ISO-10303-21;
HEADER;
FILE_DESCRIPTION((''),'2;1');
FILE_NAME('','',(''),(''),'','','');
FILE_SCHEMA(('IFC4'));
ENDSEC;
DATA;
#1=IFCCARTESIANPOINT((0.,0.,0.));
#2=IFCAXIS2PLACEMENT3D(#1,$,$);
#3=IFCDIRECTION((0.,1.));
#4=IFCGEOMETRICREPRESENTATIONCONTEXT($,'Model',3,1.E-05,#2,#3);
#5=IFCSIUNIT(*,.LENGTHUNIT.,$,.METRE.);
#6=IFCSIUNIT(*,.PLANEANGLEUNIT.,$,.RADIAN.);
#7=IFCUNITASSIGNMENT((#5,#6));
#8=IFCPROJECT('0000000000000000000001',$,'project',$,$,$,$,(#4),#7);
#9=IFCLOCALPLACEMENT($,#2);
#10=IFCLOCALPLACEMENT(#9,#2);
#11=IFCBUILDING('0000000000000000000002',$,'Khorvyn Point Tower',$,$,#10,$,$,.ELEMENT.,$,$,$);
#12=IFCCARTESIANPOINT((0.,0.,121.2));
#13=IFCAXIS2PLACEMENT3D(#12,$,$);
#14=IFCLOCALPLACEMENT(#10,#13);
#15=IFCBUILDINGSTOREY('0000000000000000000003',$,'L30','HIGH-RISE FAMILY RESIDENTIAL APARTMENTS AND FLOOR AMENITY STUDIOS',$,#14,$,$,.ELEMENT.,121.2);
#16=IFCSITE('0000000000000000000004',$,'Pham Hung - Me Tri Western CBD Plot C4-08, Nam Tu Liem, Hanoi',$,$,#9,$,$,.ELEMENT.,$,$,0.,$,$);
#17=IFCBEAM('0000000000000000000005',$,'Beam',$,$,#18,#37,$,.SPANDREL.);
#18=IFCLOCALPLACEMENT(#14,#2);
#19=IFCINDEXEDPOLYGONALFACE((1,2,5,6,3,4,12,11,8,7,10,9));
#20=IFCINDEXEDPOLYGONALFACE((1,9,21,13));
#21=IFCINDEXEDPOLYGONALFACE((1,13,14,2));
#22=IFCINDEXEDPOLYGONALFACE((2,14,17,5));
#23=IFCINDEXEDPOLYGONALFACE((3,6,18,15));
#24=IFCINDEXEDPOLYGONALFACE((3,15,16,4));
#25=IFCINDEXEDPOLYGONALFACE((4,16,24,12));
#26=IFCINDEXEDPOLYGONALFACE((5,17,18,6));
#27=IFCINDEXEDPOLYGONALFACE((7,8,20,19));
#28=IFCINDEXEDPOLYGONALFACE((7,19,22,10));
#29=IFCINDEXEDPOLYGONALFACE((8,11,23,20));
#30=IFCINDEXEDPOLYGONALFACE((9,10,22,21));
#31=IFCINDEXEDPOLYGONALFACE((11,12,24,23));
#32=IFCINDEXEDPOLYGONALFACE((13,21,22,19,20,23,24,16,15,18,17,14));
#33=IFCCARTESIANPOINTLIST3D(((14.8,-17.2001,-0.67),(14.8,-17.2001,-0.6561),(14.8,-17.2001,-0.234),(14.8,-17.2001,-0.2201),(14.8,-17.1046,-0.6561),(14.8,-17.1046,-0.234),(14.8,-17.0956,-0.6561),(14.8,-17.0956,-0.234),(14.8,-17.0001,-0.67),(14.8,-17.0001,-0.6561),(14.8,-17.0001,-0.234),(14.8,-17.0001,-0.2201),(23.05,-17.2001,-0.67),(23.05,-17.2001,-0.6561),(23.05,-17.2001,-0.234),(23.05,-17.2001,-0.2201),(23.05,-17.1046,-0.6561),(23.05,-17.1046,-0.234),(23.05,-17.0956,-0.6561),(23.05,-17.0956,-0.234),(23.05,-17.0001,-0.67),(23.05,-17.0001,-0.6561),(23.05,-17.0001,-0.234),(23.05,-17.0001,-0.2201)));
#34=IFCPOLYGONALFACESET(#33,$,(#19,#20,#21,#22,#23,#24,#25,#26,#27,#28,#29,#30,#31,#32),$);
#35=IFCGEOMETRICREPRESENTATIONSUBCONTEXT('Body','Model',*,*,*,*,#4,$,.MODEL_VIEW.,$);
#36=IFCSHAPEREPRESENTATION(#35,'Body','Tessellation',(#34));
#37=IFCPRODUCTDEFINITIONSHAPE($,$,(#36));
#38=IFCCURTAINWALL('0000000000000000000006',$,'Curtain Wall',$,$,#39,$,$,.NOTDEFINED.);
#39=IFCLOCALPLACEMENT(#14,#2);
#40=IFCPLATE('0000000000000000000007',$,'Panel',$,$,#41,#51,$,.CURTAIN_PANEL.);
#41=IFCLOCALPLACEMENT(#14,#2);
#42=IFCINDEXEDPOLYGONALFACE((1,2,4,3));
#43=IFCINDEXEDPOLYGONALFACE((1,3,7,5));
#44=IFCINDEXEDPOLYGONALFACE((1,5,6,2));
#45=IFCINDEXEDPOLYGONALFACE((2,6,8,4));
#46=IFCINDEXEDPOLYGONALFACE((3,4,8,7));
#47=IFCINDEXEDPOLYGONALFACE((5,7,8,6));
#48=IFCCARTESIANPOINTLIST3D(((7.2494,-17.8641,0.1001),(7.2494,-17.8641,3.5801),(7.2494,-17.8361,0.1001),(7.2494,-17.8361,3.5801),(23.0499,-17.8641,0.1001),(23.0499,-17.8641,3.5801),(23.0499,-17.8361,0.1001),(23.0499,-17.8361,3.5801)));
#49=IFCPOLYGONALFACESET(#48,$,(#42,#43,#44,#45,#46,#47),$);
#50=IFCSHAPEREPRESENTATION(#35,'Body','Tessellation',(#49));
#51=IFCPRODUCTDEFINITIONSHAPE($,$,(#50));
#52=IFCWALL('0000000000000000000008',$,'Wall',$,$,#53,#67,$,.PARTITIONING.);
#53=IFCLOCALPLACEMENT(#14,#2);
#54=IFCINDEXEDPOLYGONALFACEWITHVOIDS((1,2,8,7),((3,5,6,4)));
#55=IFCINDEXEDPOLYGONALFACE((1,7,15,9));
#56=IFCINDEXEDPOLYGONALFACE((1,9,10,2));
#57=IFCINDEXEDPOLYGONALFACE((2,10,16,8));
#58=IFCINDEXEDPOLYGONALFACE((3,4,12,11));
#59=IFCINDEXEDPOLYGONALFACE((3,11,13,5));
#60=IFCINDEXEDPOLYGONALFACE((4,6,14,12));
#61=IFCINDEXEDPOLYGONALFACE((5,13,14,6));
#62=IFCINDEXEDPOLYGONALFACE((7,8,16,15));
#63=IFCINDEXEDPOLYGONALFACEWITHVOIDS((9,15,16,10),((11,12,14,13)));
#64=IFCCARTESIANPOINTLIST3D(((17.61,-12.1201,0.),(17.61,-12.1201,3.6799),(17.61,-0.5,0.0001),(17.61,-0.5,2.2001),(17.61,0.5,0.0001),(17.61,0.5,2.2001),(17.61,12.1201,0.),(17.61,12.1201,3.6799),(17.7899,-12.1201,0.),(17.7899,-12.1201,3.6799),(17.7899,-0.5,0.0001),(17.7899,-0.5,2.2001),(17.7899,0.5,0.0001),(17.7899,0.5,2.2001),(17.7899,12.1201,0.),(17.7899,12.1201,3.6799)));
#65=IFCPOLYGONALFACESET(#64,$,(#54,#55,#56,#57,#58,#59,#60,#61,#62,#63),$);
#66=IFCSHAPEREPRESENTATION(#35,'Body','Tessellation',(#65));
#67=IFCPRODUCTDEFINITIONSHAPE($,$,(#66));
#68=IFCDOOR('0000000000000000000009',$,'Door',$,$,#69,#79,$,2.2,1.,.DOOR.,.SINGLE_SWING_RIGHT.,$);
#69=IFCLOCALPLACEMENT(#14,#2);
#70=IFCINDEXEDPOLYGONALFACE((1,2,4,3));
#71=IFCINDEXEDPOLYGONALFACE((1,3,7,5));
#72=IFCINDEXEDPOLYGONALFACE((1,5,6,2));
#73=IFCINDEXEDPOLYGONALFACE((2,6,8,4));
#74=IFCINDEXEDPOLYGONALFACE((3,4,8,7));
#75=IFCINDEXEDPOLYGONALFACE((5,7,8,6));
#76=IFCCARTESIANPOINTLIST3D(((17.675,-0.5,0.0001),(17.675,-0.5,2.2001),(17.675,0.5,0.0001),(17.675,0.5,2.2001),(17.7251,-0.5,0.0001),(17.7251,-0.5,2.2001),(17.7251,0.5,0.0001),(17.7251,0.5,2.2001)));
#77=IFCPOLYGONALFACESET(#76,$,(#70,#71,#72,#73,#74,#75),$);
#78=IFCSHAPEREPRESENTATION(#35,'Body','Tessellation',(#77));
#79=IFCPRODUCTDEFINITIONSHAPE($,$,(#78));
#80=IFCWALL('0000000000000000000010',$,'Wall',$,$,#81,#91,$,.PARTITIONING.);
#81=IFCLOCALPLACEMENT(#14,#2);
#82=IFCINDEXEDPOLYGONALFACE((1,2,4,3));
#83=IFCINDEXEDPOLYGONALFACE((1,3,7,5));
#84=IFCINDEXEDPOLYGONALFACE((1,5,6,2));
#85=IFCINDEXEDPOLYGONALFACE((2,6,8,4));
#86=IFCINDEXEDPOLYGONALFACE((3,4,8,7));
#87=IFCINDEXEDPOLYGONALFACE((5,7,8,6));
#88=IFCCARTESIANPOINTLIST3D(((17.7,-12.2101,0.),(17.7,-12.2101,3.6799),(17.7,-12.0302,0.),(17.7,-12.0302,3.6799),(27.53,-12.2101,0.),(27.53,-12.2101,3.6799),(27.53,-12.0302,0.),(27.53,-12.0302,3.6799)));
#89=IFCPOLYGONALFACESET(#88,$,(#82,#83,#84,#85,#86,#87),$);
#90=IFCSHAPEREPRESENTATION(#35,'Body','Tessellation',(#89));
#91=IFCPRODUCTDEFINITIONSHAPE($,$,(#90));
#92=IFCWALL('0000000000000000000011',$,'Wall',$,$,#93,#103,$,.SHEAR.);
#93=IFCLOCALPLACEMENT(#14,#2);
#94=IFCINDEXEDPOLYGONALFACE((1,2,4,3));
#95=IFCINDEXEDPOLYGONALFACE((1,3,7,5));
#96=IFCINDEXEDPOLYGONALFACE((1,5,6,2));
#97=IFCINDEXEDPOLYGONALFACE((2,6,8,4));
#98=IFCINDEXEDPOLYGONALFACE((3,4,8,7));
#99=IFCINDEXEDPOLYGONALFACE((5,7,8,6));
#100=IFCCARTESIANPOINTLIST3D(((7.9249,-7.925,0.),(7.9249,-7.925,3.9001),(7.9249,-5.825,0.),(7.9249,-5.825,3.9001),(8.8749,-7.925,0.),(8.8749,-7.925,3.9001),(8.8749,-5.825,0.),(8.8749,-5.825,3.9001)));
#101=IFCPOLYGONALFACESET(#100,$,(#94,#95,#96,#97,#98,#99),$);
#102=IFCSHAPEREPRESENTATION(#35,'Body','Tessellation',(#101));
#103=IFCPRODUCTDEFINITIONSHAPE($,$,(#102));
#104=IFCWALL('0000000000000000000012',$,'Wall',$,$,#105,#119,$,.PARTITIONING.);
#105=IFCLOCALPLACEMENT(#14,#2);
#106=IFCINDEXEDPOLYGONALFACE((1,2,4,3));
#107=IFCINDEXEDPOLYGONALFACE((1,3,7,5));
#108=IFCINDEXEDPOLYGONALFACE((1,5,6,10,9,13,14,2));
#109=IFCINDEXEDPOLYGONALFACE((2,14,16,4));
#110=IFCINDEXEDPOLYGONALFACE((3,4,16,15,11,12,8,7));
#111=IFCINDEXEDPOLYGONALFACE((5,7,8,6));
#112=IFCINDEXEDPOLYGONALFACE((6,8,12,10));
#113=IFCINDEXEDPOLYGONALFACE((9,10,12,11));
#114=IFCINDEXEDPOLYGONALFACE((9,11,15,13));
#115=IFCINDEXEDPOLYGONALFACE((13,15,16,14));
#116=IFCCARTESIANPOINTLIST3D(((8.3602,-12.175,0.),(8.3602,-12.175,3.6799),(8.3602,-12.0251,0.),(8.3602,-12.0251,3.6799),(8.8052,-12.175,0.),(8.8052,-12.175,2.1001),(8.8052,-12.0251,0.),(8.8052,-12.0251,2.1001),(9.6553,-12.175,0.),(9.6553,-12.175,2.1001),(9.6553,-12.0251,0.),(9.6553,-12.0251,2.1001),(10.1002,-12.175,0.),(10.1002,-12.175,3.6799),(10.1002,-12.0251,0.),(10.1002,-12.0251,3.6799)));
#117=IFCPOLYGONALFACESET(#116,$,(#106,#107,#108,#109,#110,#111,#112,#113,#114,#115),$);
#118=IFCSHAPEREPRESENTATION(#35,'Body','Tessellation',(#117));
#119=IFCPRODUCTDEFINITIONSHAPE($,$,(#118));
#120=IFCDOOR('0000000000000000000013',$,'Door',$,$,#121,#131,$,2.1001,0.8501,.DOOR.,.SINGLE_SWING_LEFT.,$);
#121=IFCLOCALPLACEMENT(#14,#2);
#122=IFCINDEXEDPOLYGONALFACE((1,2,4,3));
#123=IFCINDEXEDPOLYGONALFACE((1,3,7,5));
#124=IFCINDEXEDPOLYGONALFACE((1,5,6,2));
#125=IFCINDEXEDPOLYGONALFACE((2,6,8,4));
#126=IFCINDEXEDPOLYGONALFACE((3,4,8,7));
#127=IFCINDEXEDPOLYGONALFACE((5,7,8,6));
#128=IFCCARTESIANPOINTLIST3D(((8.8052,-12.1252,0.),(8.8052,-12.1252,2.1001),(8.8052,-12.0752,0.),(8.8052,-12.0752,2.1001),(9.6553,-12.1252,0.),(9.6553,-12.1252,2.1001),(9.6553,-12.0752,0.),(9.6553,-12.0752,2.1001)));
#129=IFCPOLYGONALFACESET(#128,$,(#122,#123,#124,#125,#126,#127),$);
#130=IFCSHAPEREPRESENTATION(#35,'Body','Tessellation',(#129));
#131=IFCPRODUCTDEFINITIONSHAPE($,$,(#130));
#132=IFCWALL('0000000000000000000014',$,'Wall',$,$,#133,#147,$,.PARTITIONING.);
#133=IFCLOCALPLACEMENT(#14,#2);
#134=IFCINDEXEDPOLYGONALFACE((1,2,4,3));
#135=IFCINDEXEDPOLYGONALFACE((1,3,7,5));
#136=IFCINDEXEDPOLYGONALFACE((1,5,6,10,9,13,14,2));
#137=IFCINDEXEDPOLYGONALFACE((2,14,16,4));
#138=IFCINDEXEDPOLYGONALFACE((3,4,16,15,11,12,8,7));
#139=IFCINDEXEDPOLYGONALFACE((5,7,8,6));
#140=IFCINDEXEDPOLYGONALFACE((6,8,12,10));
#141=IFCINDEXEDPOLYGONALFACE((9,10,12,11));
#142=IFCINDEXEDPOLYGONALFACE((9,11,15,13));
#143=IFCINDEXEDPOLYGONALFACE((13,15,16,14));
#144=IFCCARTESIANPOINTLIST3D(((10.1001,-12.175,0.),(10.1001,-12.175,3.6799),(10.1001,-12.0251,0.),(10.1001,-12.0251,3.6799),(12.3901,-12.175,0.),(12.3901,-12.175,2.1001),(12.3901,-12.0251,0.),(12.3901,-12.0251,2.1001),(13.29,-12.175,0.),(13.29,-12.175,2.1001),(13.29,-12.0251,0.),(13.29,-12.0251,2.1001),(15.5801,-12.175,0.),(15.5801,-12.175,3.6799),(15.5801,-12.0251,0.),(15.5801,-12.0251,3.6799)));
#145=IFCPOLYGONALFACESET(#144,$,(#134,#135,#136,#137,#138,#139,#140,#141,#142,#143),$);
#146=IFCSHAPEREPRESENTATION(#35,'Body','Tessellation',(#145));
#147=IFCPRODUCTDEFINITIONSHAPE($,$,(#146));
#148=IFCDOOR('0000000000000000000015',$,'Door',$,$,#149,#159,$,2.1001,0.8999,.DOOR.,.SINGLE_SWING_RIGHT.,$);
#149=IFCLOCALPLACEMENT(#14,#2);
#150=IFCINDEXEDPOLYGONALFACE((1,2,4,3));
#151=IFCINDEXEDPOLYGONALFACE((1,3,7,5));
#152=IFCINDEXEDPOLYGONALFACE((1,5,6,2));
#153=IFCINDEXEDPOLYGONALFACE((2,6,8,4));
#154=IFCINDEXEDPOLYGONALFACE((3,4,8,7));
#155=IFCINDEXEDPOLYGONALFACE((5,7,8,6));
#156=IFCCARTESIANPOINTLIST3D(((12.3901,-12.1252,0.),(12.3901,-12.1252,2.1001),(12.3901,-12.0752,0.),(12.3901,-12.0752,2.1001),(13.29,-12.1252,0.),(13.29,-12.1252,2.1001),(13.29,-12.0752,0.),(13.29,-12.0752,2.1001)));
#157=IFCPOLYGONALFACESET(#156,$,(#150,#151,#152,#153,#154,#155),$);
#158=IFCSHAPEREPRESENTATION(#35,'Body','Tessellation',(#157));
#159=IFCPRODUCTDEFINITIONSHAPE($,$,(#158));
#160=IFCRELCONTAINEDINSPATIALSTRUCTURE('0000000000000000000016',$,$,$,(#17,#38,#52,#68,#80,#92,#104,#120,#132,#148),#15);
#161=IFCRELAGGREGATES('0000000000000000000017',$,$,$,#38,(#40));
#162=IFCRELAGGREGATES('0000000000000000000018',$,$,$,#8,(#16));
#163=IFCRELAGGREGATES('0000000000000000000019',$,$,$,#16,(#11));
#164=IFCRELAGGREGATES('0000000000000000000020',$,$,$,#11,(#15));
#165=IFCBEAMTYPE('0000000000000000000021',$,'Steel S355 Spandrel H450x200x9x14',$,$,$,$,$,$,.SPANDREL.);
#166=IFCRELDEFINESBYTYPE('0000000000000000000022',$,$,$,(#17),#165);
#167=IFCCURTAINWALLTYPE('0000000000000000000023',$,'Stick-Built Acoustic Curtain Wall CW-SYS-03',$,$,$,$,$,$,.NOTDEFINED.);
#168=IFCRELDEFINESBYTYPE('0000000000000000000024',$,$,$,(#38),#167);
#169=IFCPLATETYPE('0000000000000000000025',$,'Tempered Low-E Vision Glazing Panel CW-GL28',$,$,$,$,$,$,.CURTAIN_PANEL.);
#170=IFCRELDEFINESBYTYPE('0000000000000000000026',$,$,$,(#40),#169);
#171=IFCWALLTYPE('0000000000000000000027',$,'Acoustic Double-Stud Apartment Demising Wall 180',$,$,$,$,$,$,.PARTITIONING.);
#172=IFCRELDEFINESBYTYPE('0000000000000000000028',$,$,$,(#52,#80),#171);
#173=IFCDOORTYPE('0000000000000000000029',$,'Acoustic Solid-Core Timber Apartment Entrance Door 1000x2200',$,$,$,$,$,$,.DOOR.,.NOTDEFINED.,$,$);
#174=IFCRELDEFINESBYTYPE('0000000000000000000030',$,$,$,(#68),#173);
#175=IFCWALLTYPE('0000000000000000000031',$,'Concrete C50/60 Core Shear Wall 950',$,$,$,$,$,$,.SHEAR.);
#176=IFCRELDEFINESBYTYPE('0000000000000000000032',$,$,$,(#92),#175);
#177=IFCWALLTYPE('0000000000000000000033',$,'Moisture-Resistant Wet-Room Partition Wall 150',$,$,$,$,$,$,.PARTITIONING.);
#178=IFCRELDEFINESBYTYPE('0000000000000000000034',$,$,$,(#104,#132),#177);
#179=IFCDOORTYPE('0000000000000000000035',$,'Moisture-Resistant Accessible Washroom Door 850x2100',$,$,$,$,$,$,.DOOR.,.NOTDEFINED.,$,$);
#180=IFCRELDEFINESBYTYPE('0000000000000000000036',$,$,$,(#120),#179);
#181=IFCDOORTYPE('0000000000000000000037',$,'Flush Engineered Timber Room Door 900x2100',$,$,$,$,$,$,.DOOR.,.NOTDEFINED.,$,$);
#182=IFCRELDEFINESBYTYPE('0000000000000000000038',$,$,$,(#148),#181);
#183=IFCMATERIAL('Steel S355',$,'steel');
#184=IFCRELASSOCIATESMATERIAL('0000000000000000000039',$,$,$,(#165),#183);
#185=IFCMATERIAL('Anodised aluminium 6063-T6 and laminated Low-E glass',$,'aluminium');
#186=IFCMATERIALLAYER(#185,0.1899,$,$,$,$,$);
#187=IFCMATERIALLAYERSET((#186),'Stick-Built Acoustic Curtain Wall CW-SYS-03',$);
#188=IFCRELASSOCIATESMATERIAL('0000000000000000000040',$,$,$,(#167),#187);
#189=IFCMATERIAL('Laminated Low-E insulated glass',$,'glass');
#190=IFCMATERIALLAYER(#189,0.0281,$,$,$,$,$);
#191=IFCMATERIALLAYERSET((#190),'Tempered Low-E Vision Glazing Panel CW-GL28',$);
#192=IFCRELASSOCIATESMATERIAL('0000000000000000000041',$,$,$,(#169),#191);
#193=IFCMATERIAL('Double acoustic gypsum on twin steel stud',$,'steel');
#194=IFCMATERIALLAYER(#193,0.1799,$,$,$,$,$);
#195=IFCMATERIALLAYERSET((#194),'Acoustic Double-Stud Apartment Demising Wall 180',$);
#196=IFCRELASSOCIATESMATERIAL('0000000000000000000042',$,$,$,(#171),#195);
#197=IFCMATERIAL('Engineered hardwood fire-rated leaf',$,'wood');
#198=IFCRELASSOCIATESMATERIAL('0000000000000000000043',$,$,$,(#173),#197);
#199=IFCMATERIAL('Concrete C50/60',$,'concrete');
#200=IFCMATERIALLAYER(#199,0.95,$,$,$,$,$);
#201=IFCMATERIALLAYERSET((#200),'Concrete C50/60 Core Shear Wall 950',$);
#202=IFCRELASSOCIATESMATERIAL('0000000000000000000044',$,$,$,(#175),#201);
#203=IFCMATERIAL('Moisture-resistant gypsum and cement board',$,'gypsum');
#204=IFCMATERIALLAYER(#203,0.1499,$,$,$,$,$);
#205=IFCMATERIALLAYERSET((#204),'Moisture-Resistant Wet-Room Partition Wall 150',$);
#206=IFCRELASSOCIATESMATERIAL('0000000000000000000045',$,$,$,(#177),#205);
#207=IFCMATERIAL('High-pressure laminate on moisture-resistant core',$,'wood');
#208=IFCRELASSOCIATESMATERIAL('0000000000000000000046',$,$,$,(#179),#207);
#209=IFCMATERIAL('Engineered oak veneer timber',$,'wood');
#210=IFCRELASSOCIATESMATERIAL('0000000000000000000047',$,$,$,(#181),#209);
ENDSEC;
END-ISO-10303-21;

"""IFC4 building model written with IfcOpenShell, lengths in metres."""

from ifc_helpers import new_model, si_unit, direction, frame, frame_2d, origin, origin_2d, place, context, subcontext, project, spatial, rectangle, i_section, extrude, material, layer, layer_set, material_profile, profile_set, type_object, element, fill, aggregate, save


model = new_model("IFC4")

# Units and contexts
model_context = context("Model", 3, precision=1e-05, world=origin(), true_north=direction((0.0, 1.0)))
body_context = subcontext(model_context, "Body", "Model", "MODEL_VIEW")
ifc_project = project(units=[si_unit("LENGTHUNIT", "METRE"), si_unit("PLANEANGLEUNIT", "RADIAN")], contexts=[model_context])

# Site, building, storey
site_placement = place(None, origin())
site = spatial("IfcSite", under=ifc_project, at=site_placement, Name="Pham Hung - Me Tri Western CBD Plot C4-08, Nam Tu Liem, Hanoi", CompositionType="ELEMENT", RefElevation=0.0)
building_placement = place(site_placement, origin())
building = spatial("IfcBuilding", under=site, at=building_placement, Name="Khorvyn Point Tower", CompositionType="ELEMENT")
storey_placement = place(building_placement, frame((0.0, 0.0, 121.2)))
storey = spatial("IfcBuildingStorey", under=building, at=storey_placement, Name="L30", Description="HIGH-RISE FAMILY RESIDENTIAL APARTMENTS AND FLOOR AMENITY STUDIOS", CompositionType="ELEMENT", Elevation=121.2)

# Shared definitions
ifc_material_1 = material(Name="Concrete C50/60", Category="concrete")

# Beam
ifc_material_2 = material(Name="Steel S355", Category="steel")
ifc_material_profile_1 = material_profile(ifc_material_2, i_section(OverallWidth=0.2, OverallDepth=0.45, WebThickness=0.009, FlangeThickness=0.0139, at=origin_2d()))
ifc_profile_set_1 = profile_set([ifc_material_profile_1], Name="Steel S355 H450x200x9x14")
beam_type_1 = type_object("IfcBeamType", Name="Steel S355 Spandrel H450x200x9x14", PredefinedType="SPANDREL", material=ifc_profile_set_1)
beam_1_placement = place(storey_placement, frame((14.8, -17.1001, -0.4451), z_axis=(1.0, 0.0, 0.0), x_axis=(0.0, 1.0, 0.0)))
element("IfcBeam", 1, at=beam_1_placement, inside=storey, type_object=beam_type_1, Name="Beam", PredefinedType="SPANDREL", context=body_context, shape_type="SweptSolid", body=[
    extrude(i_section(OverallWidth=0.2, OverallDepth=0.45, WebThickness=0.009, FlangeThickness=0.0139, at=origin_2d()), origin(), (0.0, 0.0, 1.0), 8.25),
])

# Curtain wall, plate
ifc_material_3 = material(Name="Anodised aluminium 6063-T6 and laminated Low-E glass", Category="aluminium")
ifc_layer_1 = layer(ifc_material_3, 0.1899)
ifc_layer_set_1 = layer_set([ifc_layer_1], Name="Stick-Built Acoustic Curtain Wall CW-SYS-03")
curtain_wall_type = type_object("IfcCurtainWallType", Name="Stick-Built Acoustic Curtain Wall CW-SYS-03", PredefinedType="NOTDEFINED", material=ifc_layer_set_1)
curtain_wall_placement = place(storey_placement, origin())
curtain_wall = element("IfcCurtainWall", 2, at=curtain_wall_placement, inside=storey, type_object=curtain_wall_type, Name="Curtain Wall", PredefinedType="NOTDEFINED")
ifc_material_4 = material(Name="Laminated Low-E insulated glass", Category="glass")
ifc_layer_2 = layer(ifc_material_4, 0.0281)
ifc_layer_set_2 = layer_set([ifc_layer_2], Name="Tempered Low-E Vision Glazing Panel CW-GL28")
plate_type = type_object("IfcPlateType", Name="Tempered Low-E Vision Glazing Panel CW-GL28", PredefinedType="CURTAIN_PANEL", material=ifc_layer_set_2)
plate_placement = place(storey_placement, frame((15.1497, -17.8501, 0.1001), z_axis=(0.0, 0.0, 1.0), x_axis=(-1.0, 0.0, 0.0)))
plate = element("IfcPlate", 3, at=plate_placement, type_object=plate_type, Name="Panel", PredefinedType="CURTAIN_PANEL", context=body_context, shape_type="SweptSolid", body=[
    extrude(rectangle(XDim=15.8005, YDim=0.0281, at=origin_2d()), origin(), (0.0, 0.0, 1.0), 3.48),
])
aggregate(curtain_wall, [plate])

# Wall, opening, door
ifc_material_5 = material(Name="Double acoustic gypsum on twin steel stud", Category="steel")
ifc_layer_3 = layer(ifc_material_5, 0.1799)
ifc_layer_set_3 = layer_set([ifc_layer_3], Name="Acoustic Double-Stud Apartment Demising Wall 180")
wall_type_1 = type_object("IfcWallType", Name="Acoustic Double-Stud Apartment Demising Wall 180", PredefinedType="PARTITIONING", material=ifc_layer_set_3)
wall_1_placement = place(storey_placement, frame((17.7, -12.1201, 0.0), z_axis=(0.0, 0.0, 1.0), x_axis=(0.0, 1.0, 0.0)))
wall_1 = element("IfcWall", 4, at=wall_1_placement, inside=storey, type_object=wall_type_1, Name="Wall", PredefinedType="PARTITIONING", context=body_context, shape_type="SweptSolid", body=[
    extrude(rectangle(XDim=24.2402, YDim=0.1799, at=frame_2d((12.1201, 0.0))), origin(), (0.0, 0.0, 1.0), 3.6799),
])
opening_1_placement = place(wall_1_placement, frame((11.6201, 0.0, 0.0)))
opening_1 = element("IfcOpeningElement", 5, at=opening_1_placement, cuts=wall_1, PredefinedType="OPENING", context=body_context, shape_type="SweptSolid", body=[
    extrude(rectangle(XDim=1.0, YDim=2.2, at=frame_2d((0.5, 1.1001))), frame((0.0, 0.0999, 0.0), z_axis=(0.0, -1.0, 0.0), x_axis=(1.0, 0.0, 0.0)), (0.0, 0.0, 1.0), 0.2),
])
ifc_material_6 = material(Name="Engineered hardwood fire-rated leaf", Category="wood")
door_type_1 = type_object("IfcDoorType", Name="Acoustic Solid-Core Timber Apartment Entrance Door 1000x2200", OperationType="NOTDEFINED", PredefinedType="DOOR", material=ifc_material_6)
door_1_placement = place(opening_1_placement, origin())
door_1 = element("IfcDoor", 6, at=door_1_placement, inside=storey, type_object=door_type_1, Name="Door", OperationType="SINGLE_SWING_RIGHT", OverallHeight=2.2, OverallWidth=1.0, PredefinedType="DOOR", context=body_context, shape_type="SweptSolid", body=[
    extrude(rectangle(XDim=1.0, YDim=2.2, at=frame_2d((0.5, 1.1001))), frame((0.0, 0.0249, 0.0), z_axis=(0.0, -1.0, 0.0), x_axis=(1.0, 0.0, 0.0)), (0.0, 0.0, 1.0), 0.05),
])
fill(opening_1, door_1)

# Walls
wall_2_placement = place(storey_placement, frame((17.7, -12.1201, 0.0), z_axis=(0.0, 0.0, 1.0), x_axis=(1.0, 0.0, 0.0)))
element("IfcWall", 7, at=wall_2_placement, inside=storey, type_object=wall_type_1, Name="Wall", PredefinedType="PARTITIONING", context=body_context, shape_type="SweptSolid", body=[
    extrude(rectangle(XDim=9.8301, YDim=0.1799, at=frame_2d((4.915, 0.0))), origin(), (0.0, 0.0, 1.0), 3.6799),
])
ifc_layer_4 = layer(ifc_material_1, 0.95)
ifc_layer_set_4 = layer_set([ifc_layer_4], Name="Concrete C50/60 Core Shear Wall 950")
wall_type_2 = type_object("IfcWallType", Name="Concrete C50/60 Core Shear Wall 950", PredefinedType="SHEAR", material=ifc_layer_set_4)
wall_3_placement = place(storey_placement, frame((8.3999, -7.925, 0.0), z_axis=(0.0, 0.0, 1.0), x_axis=(0.0, 1.0, 0.0)))
element("IfcWall", 8, at=wall_3_placement, inside=storey, type_object=wall_type_2, Name="Wall", PredefinedType="SHEAR", context=body_context, shape_type="SweptSolid", body=[
    extrude(rectangle(XDim=2.1001, YDim=0.95, at=frame_2d((1.05, 0.0))), origin(), (0.0, 0.0, 1.0), 3.9001),
])

# Walls, openings, doors
ifc_material_7 = material(Name="Moisture-resistant gypsum and cement board", Category="gypsum")
ifc_layer_5 = layer(ifc_material_7, 0.1499)
ifc_layer_set_5 = layer_set([ifc_layer_5], Name="Moisture-Resistant Wet-Room Partition Wall 150")
wall_type_3 = type_object("IfcWallType", Name="Moisture-Resistant Wet-Room Partition Wall 150", PredefinedType="PARTITIONING", material=ifc_layer_set_5)
wall_4_placement = place(storey_placement, frame((8.3601, -12.1001, 0.0), z_axis=(0.0, 0.0, 1.0), x_axis=(1.0, 0.0, 0.0)))
wall_4 = element("IfcWall", 9, at=wall_4_placement, inside=storey, type_object=wall_type_3, Name="Wall", PredefinedType="PARTITIONING", context=body_context, shape_type="SweptSolid", body=[
    extrude(rectangle(XDim=1.74, YDim=0.1499, at=frame_2d((0.8701, 0.0))), origin(), (0.0, 0.0, 1.0), 3.6799),
])
opening_2_placement = place(wall_4_placement, frame((0.4451, 0.0, 0.0)))
opening_2 = element("IfcOpeningElement", 10, at=opening_2_placement, cuts=wall_4, PredefinedType="OPENING", context=body_context, shape_type="SweptSolid", body=[
    extrude(rectangle(XDim=0.8501, YDim=2.1001, at=frame_2d((0.425, 1.05))), frame((0.0, 0.085, 0.0), z_axis=(0.0, -1.0, 0.0), x_axis=(1.0, 0.0, 0.0)), (0.0, 0.0, 1.0), 0.1699),
])
ifc_material_8 = material(Name="High-pressure laminate on moisture-resistant core", Category="wood")
door_type_2 = type_object("IfcDoorType", Name="Moisture-Resistant Accessible Washroom Door 850x2100", OperationType="NOTDEFINED", PredefinedType="DOOR", material=ifc_material_8)
door_2_placement = place(opening_2_placement, origin())
door_2 = element("IfcDoor", 11, at=door_2_placement, inside=storey, type_object=door_type_2, Name="Door", OperationType="SINGLE_SWING_LEFT", OverallHeight=2.1001, OverallWidth=0.8501, PredefinedType="DOOR", context=body_context, shape_type="SweptSolid", body=[
    extrude(rectangle(XDim=0.8501, YDim=2.1001, at=frame_2d((0.425, 1.05))), frame((0.0, 0.0249, 0.0), z_axis=(0.0, -1.0, 0.0), x_axis=(1.0, 0.0, 0.0)), (0.0, 0.0, 1.0), 0.05),
])
fill(opening_2, door_2)
wall_5_placement = place(storey_placement, frame((10.1001, -12.1001, 0.0), z_axis=(0.0, 0.0, 1.0), x_axis=(1.0, 0.0, 0.0)))
wall_5 = element("IfcWall", 12, at=wall_5_placement, inside=storey, type_object=wall_type_3, Name="Wall", PredefinedType="PARTITIONING", context=body_context, shape_type="SweptSolid", body=[
    extrude(rectangle(XDim=5.48, YDim=0.1499, at=frame_2d((2.74, 0.0))), origin(), (0.0, 0.0, 1.0), 3.6799),
])
opening_3_placement = place(wall_5_placement, frame((2.29, 0.0, 0.0)))
opening_3 = element("IfcOpeningElement", 13, at=opening_3_placement, cuts=wall_5, PredefinedType="OPENING", context=body_context, shape_type="SweptSolid", body=[
    extrude(rectangle(XDim=0.8999, YDim=2.1001, at=frame_2d((0.45, 1.05))), frame((0.0, 0.085, 0.0), z_axis=(0.0, -1.0, 0.0), x_axis=(1.0, 0.0, 0.0)), (0.0, 0.0, 1.0), 0.1699),
])
ifc_material_9 = material(Name="Engineered oak veneer timber", Category="wood")
door_type_3 = type_object("IfcDoorType", Name="Flush Engineered Timber Room Door 900x2100", OperationType="NOTDEFINED", PredefinedType="DOOR", material=ifc_material_9)
door_3_placement = place(opening_3_placement, origin())
door_3 = element("IfcDoor", 14, at=door_3_placement, inside=storey, type_object=door_type_3, Name="Door", OperationType="SINGLE_SWING_RIGHT", OverallHeight=2.1001, OverallWidth=0.8999, PredefinedType="DOOR", context=body_context, shape_type="SweptSolid", body=[
    extrude(rectangle(XDim=0.8999, YDim=2.1001, at=frame_2d((0.45, 1.05))), frame((0.0, 0.0249, 0.0), z_axis=(0.0, -1.0, 0.0), x_axis=(1.0, 0.0, 0.0)), (0.0, 0.0, 1.0), 0.05),
])
fill(opening_3, door_3)

save(model, "model.ifc")
